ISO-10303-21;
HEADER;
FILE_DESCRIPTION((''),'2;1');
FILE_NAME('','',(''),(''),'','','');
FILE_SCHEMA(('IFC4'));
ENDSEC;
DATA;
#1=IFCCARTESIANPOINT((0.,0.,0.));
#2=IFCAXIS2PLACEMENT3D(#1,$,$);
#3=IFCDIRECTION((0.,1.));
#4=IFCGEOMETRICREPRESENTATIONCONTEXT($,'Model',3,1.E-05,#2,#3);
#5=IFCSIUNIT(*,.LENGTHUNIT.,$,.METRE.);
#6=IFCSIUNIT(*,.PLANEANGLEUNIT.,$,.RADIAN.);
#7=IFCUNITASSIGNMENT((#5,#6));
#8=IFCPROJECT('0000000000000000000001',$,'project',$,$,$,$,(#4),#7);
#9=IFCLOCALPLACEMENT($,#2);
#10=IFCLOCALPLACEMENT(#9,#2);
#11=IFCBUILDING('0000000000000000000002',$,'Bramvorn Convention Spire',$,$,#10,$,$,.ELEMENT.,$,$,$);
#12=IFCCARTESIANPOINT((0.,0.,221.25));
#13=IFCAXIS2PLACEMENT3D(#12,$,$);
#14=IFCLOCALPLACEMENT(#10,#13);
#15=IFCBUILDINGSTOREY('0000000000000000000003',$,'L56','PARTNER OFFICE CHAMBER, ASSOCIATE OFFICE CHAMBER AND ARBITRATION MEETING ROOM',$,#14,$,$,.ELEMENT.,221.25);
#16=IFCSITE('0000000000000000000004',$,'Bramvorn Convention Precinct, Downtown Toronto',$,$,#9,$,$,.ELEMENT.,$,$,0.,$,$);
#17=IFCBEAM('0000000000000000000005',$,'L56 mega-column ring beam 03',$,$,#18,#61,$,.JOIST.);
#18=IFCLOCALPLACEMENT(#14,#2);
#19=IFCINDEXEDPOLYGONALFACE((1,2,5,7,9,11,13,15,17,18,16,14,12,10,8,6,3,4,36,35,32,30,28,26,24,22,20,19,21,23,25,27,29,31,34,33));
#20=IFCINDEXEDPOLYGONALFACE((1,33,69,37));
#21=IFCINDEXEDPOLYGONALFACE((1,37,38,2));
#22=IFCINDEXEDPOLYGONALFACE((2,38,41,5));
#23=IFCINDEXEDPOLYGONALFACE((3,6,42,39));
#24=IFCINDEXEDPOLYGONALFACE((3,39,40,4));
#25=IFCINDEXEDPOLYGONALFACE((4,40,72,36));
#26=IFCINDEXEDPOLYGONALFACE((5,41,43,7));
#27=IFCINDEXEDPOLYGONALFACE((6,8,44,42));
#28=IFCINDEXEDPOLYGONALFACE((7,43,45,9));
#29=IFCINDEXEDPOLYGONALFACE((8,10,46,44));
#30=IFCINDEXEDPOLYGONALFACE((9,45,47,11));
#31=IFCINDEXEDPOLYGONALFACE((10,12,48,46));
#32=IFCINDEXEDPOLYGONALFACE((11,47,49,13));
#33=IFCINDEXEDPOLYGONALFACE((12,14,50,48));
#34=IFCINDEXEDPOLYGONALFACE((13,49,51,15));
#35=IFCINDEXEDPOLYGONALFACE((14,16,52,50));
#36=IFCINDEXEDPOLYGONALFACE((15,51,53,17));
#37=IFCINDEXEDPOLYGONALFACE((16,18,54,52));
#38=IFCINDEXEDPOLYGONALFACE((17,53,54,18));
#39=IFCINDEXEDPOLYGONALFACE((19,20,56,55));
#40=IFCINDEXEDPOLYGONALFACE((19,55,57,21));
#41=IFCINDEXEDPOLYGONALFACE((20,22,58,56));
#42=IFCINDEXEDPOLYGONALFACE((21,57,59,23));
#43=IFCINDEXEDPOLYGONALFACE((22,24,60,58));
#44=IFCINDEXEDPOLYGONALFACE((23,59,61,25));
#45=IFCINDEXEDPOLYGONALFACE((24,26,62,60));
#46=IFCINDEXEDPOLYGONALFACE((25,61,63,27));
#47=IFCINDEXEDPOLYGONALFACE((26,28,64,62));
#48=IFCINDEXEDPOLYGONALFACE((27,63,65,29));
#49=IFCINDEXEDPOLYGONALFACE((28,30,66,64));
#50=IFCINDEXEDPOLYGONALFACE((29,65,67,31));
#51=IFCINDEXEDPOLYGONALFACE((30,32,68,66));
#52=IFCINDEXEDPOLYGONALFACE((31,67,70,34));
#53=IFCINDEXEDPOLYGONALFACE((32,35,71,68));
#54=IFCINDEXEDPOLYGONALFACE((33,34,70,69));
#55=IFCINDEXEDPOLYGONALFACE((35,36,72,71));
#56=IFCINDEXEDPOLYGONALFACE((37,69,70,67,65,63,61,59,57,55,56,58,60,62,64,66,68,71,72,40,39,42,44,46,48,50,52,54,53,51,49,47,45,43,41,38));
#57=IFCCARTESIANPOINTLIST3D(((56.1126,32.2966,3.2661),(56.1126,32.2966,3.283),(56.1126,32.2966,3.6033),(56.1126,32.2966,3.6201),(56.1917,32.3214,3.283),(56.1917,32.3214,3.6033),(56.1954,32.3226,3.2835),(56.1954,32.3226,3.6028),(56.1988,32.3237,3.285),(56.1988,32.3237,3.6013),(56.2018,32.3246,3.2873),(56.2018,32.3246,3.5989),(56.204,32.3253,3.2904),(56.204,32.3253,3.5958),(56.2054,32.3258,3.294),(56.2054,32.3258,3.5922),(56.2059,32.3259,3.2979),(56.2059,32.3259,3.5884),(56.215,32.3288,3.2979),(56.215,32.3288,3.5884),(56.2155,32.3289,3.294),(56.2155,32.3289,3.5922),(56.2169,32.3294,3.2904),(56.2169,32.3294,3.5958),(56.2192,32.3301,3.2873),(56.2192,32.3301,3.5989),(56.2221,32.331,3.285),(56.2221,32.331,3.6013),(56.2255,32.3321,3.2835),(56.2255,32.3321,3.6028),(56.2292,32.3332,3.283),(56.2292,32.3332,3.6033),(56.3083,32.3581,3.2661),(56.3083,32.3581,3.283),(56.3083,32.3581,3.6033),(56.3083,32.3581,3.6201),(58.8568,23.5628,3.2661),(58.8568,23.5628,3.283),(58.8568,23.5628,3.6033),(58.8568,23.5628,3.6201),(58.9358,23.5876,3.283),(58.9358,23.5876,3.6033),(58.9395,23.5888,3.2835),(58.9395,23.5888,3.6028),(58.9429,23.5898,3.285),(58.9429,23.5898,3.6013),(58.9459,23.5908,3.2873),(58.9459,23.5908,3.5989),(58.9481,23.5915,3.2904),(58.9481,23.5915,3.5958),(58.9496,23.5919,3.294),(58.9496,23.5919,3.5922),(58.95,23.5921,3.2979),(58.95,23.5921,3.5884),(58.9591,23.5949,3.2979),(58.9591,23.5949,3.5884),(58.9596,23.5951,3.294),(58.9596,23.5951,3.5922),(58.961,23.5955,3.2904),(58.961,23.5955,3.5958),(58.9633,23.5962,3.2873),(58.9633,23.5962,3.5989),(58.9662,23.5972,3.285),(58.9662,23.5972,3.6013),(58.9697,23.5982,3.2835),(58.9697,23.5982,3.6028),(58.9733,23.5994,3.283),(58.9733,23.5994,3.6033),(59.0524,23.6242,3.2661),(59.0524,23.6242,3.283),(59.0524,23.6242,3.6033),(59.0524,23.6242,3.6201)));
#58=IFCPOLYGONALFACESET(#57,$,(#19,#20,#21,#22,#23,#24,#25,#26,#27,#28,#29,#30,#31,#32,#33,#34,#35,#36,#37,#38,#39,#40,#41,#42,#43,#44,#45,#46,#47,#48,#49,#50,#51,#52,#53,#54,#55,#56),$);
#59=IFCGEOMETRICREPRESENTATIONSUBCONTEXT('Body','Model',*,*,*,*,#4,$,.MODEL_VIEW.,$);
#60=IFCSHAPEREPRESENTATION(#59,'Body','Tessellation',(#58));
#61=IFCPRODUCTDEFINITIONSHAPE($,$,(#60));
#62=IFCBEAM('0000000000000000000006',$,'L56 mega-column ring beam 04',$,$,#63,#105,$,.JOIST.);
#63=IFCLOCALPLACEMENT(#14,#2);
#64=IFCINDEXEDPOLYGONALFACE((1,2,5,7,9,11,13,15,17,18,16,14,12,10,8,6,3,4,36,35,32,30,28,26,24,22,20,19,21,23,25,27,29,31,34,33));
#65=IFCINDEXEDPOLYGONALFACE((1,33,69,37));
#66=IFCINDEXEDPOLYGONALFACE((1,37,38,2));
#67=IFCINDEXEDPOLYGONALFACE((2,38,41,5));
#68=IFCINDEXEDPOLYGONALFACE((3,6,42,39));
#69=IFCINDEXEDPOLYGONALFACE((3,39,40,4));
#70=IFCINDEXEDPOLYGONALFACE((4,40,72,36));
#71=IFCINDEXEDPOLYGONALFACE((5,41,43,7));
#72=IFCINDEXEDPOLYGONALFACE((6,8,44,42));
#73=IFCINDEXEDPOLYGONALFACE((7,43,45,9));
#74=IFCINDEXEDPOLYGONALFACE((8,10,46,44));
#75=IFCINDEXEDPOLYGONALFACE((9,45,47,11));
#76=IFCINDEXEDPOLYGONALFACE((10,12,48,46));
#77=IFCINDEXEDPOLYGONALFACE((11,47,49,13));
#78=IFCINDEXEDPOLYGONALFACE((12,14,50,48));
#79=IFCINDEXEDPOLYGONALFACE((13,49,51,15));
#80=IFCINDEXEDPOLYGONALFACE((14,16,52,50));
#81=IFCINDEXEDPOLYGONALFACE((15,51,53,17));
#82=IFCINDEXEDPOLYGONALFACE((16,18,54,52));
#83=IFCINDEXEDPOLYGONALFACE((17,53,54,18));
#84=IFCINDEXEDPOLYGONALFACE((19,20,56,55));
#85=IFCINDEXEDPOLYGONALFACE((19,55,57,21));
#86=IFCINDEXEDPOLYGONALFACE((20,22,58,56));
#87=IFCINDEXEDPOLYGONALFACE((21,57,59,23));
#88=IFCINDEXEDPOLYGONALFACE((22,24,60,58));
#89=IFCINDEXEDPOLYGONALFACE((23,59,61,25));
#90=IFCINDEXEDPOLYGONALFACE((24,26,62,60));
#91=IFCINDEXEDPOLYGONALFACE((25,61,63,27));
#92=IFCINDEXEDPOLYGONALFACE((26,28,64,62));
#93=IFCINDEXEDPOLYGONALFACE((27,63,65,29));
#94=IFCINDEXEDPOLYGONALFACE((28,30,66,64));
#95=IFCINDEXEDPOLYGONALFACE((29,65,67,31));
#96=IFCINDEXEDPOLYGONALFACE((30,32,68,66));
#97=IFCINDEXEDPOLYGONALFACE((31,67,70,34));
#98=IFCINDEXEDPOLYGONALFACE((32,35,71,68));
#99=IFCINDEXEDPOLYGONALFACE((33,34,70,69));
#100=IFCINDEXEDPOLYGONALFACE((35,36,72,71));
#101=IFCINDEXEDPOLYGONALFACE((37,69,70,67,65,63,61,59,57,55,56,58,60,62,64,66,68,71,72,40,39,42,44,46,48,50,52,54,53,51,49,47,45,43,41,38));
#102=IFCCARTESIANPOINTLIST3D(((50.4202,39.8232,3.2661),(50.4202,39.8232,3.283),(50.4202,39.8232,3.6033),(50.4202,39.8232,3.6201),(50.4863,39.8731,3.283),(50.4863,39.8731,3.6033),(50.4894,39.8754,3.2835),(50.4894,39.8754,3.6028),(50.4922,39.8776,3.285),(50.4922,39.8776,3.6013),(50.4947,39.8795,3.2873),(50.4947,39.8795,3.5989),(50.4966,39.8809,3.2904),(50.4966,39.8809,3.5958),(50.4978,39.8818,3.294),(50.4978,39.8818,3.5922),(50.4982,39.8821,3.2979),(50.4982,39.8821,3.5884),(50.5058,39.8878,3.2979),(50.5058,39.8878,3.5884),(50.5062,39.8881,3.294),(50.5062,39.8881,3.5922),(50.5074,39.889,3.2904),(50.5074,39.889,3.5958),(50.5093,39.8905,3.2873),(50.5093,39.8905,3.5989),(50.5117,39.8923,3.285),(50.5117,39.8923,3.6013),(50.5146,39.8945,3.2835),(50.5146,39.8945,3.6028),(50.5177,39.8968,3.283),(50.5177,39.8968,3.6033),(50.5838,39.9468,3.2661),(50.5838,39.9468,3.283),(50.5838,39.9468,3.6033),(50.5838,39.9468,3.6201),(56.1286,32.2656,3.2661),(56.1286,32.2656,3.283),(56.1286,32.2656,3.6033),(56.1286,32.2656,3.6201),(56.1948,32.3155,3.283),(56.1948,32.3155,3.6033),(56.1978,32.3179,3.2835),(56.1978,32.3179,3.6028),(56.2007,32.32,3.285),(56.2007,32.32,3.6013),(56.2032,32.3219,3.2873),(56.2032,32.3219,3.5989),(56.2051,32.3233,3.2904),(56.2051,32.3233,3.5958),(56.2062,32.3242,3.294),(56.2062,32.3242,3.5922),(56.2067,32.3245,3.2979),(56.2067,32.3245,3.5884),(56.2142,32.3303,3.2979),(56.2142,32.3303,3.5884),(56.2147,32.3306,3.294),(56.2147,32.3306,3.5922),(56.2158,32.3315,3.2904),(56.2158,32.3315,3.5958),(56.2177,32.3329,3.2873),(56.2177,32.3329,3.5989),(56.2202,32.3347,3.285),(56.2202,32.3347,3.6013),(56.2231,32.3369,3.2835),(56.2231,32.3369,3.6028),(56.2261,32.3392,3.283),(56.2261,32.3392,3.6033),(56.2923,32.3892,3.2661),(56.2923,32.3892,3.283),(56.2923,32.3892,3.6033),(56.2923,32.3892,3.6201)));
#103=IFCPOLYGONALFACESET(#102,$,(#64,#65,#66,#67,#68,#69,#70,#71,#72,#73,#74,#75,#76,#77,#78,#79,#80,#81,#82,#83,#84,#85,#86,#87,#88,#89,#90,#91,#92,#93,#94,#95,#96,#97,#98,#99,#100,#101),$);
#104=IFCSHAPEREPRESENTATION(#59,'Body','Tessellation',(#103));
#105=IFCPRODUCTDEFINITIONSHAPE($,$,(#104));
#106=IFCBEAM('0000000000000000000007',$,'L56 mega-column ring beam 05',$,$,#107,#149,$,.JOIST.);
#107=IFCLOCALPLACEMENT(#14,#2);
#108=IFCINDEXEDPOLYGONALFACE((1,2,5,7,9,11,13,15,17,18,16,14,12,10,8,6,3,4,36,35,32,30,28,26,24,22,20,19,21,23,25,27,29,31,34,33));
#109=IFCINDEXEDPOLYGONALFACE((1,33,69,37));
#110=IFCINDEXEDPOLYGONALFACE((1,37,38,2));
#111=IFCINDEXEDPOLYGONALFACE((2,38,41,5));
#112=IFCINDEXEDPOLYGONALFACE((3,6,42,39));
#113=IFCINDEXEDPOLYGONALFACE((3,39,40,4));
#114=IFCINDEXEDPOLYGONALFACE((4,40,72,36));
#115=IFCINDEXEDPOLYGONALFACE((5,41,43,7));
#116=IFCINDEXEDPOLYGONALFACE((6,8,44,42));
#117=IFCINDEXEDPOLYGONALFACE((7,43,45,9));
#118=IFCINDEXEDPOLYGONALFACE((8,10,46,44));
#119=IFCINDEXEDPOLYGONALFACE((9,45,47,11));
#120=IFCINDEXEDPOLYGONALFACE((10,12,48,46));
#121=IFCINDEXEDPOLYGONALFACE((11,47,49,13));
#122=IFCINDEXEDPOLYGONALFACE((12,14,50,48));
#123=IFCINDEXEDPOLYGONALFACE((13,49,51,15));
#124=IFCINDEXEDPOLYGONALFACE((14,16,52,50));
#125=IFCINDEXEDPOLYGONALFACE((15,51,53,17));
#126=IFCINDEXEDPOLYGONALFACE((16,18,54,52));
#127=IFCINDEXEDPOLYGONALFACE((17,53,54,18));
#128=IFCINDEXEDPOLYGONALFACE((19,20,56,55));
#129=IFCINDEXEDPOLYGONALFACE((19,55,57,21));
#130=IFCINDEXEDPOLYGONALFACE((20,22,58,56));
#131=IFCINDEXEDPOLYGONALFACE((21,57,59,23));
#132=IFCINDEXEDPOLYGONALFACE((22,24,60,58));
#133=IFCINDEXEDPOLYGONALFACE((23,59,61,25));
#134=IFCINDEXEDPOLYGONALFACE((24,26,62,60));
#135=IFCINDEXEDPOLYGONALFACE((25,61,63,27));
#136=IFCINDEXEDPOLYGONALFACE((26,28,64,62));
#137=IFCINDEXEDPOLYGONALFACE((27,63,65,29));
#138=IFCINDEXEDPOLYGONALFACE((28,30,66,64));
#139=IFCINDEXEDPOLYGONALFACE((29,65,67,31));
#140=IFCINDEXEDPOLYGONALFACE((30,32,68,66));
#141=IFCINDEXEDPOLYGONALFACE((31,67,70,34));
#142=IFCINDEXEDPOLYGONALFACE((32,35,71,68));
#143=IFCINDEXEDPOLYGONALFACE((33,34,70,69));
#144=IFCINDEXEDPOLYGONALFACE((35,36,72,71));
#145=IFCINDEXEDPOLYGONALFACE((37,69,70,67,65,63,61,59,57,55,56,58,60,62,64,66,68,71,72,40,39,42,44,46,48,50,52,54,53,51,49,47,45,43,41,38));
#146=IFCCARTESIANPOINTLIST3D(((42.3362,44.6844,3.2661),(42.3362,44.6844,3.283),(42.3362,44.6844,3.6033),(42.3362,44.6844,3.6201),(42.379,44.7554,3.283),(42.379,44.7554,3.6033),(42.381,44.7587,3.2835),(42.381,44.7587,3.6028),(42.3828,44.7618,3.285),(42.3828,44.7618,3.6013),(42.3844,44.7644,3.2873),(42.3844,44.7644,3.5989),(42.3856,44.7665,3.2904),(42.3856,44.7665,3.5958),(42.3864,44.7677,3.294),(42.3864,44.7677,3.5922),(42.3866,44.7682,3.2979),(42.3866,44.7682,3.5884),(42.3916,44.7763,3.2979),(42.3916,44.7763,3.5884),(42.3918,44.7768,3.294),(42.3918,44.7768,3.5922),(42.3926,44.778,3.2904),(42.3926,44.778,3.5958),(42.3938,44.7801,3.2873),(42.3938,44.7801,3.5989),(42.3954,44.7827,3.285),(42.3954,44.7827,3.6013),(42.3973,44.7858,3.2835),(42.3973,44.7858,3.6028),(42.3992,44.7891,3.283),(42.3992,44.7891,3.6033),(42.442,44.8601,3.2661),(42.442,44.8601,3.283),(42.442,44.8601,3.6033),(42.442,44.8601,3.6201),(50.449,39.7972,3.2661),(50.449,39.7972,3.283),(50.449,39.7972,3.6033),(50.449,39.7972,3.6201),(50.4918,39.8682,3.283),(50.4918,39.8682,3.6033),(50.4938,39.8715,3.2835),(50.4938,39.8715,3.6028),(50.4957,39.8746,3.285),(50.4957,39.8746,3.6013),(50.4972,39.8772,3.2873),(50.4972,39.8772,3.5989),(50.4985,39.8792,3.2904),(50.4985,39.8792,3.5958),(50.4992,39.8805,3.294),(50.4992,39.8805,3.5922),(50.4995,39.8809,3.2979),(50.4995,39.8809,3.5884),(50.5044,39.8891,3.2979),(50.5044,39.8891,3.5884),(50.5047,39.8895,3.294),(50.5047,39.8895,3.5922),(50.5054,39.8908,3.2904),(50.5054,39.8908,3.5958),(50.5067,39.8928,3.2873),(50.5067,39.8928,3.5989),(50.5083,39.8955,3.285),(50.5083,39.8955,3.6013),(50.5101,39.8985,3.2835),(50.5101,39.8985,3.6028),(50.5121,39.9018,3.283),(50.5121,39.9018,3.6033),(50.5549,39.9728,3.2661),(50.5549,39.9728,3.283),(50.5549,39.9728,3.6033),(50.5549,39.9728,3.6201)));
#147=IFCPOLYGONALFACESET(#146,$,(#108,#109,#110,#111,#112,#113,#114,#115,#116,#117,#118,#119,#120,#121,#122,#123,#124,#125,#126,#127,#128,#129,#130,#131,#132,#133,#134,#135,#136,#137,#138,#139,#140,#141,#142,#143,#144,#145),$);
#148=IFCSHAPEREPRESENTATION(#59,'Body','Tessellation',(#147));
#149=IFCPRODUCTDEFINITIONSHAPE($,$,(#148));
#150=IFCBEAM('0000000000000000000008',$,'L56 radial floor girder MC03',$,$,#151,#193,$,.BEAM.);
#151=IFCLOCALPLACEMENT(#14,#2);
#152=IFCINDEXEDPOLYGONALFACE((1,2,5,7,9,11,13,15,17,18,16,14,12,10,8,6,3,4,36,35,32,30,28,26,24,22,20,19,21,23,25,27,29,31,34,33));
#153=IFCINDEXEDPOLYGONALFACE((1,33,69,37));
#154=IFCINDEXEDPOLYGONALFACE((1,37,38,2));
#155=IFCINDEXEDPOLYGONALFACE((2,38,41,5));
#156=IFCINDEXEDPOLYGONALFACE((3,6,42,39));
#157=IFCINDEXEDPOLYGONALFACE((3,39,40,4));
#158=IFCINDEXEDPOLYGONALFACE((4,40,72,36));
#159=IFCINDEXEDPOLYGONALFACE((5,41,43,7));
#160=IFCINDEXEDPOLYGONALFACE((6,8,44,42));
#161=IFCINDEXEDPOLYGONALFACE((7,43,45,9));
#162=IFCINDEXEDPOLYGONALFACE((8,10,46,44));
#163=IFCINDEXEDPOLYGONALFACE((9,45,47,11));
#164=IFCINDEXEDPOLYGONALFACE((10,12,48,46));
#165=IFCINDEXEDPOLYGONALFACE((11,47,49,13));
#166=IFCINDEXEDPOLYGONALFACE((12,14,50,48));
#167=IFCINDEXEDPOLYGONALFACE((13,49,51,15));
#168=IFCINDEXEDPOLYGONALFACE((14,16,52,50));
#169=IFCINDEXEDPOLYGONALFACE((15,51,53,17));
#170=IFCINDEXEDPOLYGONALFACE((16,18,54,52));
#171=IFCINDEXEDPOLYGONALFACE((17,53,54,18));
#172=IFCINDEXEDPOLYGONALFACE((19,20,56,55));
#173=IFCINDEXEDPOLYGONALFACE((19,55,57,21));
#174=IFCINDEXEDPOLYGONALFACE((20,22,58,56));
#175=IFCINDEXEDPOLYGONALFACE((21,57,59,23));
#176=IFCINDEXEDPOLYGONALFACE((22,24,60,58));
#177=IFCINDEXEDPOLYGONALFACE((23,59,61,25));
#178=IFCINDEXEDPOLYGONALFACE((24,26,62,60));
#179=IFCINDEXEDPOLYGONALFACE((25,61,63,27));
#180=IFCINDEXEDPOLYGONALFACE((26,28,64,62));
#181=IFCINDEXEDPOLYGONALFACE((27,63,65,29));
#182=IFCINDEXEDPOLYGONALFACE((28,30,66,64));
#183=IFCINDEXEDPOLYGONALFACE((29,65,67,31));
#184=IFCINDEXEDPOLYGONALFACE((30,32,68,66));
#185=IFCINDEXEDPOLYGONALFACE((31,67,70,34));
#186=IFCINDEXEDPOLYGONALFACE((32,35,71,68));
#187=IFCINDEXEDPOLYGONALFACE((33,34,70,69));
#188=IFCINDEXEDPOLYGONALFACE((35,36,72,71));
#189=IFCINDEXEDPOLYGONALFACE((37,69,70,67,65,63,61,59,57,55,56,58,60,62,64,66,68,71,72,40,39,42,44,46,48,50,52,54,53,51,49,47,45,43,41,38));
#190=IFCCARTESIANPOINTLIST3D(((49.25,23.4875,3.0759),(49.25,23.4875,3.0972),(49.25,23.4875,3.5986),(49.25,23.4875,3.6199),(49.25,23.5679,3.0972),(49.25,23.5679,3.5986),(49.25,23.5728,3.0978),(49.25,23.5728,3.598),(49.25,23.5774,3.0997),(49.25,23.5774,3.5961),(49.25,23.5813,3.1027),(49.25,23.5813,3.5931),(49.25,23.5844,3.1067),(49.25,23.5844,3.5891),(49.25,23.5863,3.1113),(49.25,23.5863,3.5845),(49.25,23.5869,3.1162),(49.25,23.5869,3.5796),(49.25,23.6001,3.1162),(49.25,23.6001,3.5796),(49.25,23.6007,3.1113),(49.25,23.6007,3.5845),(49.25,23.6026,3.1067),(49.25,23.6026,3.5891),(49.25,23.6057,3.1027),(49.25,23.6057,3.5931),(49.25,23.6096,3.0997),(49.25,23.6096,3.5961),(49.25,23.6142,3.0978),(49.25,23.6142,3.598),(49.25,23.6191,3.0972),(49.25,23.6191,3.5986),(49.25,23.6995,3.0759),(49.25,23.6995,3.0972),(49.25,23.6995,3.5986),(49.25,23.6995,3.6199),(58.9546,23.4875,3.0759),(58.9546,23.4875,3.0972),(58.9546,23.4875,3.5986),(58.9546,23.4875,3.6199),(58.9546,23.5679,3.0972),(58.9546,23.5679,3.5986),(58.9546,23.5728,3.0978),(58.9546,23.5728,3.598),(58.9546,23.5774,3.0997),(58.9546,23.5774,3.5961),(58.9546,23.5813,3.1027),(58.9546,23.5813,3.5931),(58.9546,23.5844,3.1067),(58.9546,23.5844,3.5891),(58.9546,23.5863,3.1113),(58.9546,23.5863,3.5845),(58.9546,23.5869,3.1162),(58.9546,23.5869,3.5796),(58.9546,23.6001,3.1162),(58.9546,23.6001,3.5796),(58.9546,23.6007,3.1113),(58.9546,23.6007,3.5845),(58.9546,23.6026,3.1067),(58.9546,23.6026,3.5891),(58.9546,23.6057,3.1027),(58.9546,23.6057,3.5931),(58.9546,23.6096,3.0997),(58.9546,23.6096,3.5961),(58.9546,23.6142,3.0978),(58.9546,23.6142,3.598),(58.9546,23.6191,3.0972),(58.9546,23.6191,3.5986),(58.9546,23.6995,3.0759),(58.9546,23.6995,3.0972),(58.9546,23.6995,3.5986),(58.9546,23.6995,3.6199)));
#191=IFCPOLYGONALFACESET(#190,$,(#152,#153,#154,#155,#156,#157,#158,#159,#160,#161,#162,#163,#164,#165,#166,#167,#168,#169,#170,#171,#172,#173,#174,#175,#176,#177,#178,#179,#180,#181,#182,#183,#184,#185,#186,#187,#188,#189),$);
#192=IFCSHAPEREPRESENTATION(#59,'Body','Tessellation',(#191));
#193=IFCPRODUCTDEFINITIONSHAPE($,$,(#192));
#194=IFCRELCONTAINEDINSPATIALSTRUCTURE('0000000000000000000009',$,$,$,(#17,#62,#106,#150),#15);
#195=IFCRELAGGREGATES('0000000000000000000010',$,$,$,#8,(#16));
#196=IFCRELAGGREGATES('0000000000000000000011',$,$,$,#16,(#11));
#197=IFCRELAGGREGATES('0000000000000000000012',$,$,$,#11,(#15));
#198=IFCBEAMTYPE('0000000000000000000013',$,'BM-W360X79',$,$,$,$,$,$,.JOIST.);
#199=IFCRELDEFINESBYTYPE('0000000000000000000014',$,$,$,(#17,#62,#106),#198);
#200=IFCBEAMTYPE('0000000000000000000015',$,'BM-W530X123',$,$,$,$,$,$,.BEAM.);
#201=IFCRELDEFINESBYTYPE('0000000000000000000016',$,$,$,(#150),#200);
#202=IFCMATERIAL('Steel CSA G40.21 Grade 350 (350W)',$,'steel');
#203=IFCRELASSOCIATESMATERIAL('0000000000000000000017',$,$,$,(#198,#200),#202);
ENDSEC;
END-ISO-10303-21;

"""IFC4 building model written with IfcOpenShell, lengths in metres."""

from ifc_helpers import new_model, si_unit, direction, frame, origin, origin_2d, place, context, subcontext, project, spatial, i_section, extrude, material, material_profile, profile_set, type_object, element, save


model = new_model("IFC4")

# Units and contexts
model_context = context("Model", 3, precision=1e-05, world=origin(), true_north=direction((0.0, 1.0)))
body_context = subcontext(model_context, "Body", "Model", "MODEL_VIEW")
ifc_project = project(units=[si_unit("LENGTHUNIT", "METRE"), si_unit("PLANEANGLEUNIT", "RADIAN")], contexts=[model_context])

# Site, building, storey
site_placement = place(None, origin())
site = spatial("IfcSite", under=ifc_project, at=site_placement, Name="Bramvorn Convention Precinct, Downtown Toronto", CompositionType="ELEMENT", RefElevation=0.0)
building_placement = place(site_placement, origin())
building = spatial("IfcBuilding", under=site, at=building_placement, Name="Bramvorn Convention Spire", CompositionType="ELEMENT")
storey_placement = place(building_placement, frame((0.0, 0.0, 221.25)))
storey = spatial("IfcBuildingStorey", under=building, at=storey_placement, Name="L56", Description="PARTNER OFFICE CHAMBER, ASSOCIATE OFFICE CHAMBER AND ARBITRATION MEETING ROOM", CompositionType="ELEMENT", Elevation=221.25)

# Shared definitions
ifc_material_1 = material(Name="Steel CSA G40.21 Grade 350 (350W)", Category="steel")

# Beams
ifc_material_profile_1 = material_profile(ifc_material_1, i_section(OverallWidth=0.2051, OverallDepth=0.354, WebThickness=0.0095, FlangeThickness=0.0168, FilletRadius=0.0149, at=origin_2d()))
ifc_profile_set_1 = profile_set([ifc_material_profile_1], Name="Steel CSA G40.21 Grade 350 (350W) - W360X79")
beam_type_1 = type_object("IfcBeamType", Name="BM-W360X79", PredefinedType="JOIST", material=ifc_profile_set_1)
beam_1_placement = place(storey_placement, frame((58.9546, 23.5935, 3.4431), z_axis=(-0.299748, 0.954019, 0.0), x_axis=(-0.954019, -0.299748, 0.0)))
element("IfcBeam", 1, at=beam_1_placement, inside=storey, type_object=beam_type_1, Name="L56 mega-column ring beam 03", PredefinedType="JOIST", context=body_context, shape_type="SweptSolid", body=[
    extrude(i_section(OverallWidth=0.2051, OverallDepth=0.354, WebThickness=0.0095, FlangeThickness=0.0168, FilletRadius=0.0149, at=origin_2d()), origin(), (0.0, 0.0, 1.0), 9.1548),
])
for number, where, z_axis, x_axis, name in (
    (2, (56.2104, 32.3274, 3.4431), (-0.602719, 0.797954, 0.0), (-0.797954, -0.602719, 0.0), "L56 mega-column ring beam 04"),
    (3, (50.502, 39.885, 3.4431), (-0.856582, 0.516011, 0.0), (-0.516011, -0.856582, 0.0), "L56 mega-column ring beam 05"),
):
    element("IfcBeam", number, at=place(storey_placement, frame(where, z_axis=z_axis, x_axis=x_axis)), inside=storey, type_object=beam_type_1, Name=name, PredefinedType="JOIST", context=body_context, shape_type="SweptSolid", body=[
        extrude(i_section(OverallWidth=0.2051, OverallDepth=0.354, WebThickness=0.0095, FlangeThickness=0.0168, FilletRadius=0.0149, at=origin_2d()), origin(), (0.0, 0.0, 1.0), 9.4712),
    ])
ifc_material_profile_2 = material_profile(ifc_material_1, i_section(OverallWidth=0.2119, OverallDepth=0.5439, WebThickness=0.0132, FlangeThickness=0.0212, FilletRadius=0.019, at=origin_2d()))
ifc_profile_set_2 = profile_set([ifc_material_profile_2], Name="Steel CSA G40.21 Grade 350 (350W) - W530X123")
beam_type_2 = type_object("IfcBeamType", Name="BM-W530X123", PredefinedType="BEAM", material=ifc_profile_set_2)
beam_2_placement = place(storey_placement, frame((49.25, 23.5935, 3.3479), z_axis=(1.0, 0.0, 0.0), x_axis=(0.0, 1.0, 0.0)))
element("IfcBeam", 4, at=beam_2_placement, inside=storey, type_object=beam_type_2, Name="L56 radial floor girder MC03", PredefinedType="BEAM", context=body_context, shape_type="SweptSolid", body=[
    extrude(i_section(OverallWidth=0.2119, OverallDepth=0.5439, WebThickness=0.0132, FlangeThickness=0.0212, FilletRadius=0.019, at=origin_2d()), origin(), (0.0, 0.0, 1.0), 9.7046),
])

save(model, "model.ifc")
